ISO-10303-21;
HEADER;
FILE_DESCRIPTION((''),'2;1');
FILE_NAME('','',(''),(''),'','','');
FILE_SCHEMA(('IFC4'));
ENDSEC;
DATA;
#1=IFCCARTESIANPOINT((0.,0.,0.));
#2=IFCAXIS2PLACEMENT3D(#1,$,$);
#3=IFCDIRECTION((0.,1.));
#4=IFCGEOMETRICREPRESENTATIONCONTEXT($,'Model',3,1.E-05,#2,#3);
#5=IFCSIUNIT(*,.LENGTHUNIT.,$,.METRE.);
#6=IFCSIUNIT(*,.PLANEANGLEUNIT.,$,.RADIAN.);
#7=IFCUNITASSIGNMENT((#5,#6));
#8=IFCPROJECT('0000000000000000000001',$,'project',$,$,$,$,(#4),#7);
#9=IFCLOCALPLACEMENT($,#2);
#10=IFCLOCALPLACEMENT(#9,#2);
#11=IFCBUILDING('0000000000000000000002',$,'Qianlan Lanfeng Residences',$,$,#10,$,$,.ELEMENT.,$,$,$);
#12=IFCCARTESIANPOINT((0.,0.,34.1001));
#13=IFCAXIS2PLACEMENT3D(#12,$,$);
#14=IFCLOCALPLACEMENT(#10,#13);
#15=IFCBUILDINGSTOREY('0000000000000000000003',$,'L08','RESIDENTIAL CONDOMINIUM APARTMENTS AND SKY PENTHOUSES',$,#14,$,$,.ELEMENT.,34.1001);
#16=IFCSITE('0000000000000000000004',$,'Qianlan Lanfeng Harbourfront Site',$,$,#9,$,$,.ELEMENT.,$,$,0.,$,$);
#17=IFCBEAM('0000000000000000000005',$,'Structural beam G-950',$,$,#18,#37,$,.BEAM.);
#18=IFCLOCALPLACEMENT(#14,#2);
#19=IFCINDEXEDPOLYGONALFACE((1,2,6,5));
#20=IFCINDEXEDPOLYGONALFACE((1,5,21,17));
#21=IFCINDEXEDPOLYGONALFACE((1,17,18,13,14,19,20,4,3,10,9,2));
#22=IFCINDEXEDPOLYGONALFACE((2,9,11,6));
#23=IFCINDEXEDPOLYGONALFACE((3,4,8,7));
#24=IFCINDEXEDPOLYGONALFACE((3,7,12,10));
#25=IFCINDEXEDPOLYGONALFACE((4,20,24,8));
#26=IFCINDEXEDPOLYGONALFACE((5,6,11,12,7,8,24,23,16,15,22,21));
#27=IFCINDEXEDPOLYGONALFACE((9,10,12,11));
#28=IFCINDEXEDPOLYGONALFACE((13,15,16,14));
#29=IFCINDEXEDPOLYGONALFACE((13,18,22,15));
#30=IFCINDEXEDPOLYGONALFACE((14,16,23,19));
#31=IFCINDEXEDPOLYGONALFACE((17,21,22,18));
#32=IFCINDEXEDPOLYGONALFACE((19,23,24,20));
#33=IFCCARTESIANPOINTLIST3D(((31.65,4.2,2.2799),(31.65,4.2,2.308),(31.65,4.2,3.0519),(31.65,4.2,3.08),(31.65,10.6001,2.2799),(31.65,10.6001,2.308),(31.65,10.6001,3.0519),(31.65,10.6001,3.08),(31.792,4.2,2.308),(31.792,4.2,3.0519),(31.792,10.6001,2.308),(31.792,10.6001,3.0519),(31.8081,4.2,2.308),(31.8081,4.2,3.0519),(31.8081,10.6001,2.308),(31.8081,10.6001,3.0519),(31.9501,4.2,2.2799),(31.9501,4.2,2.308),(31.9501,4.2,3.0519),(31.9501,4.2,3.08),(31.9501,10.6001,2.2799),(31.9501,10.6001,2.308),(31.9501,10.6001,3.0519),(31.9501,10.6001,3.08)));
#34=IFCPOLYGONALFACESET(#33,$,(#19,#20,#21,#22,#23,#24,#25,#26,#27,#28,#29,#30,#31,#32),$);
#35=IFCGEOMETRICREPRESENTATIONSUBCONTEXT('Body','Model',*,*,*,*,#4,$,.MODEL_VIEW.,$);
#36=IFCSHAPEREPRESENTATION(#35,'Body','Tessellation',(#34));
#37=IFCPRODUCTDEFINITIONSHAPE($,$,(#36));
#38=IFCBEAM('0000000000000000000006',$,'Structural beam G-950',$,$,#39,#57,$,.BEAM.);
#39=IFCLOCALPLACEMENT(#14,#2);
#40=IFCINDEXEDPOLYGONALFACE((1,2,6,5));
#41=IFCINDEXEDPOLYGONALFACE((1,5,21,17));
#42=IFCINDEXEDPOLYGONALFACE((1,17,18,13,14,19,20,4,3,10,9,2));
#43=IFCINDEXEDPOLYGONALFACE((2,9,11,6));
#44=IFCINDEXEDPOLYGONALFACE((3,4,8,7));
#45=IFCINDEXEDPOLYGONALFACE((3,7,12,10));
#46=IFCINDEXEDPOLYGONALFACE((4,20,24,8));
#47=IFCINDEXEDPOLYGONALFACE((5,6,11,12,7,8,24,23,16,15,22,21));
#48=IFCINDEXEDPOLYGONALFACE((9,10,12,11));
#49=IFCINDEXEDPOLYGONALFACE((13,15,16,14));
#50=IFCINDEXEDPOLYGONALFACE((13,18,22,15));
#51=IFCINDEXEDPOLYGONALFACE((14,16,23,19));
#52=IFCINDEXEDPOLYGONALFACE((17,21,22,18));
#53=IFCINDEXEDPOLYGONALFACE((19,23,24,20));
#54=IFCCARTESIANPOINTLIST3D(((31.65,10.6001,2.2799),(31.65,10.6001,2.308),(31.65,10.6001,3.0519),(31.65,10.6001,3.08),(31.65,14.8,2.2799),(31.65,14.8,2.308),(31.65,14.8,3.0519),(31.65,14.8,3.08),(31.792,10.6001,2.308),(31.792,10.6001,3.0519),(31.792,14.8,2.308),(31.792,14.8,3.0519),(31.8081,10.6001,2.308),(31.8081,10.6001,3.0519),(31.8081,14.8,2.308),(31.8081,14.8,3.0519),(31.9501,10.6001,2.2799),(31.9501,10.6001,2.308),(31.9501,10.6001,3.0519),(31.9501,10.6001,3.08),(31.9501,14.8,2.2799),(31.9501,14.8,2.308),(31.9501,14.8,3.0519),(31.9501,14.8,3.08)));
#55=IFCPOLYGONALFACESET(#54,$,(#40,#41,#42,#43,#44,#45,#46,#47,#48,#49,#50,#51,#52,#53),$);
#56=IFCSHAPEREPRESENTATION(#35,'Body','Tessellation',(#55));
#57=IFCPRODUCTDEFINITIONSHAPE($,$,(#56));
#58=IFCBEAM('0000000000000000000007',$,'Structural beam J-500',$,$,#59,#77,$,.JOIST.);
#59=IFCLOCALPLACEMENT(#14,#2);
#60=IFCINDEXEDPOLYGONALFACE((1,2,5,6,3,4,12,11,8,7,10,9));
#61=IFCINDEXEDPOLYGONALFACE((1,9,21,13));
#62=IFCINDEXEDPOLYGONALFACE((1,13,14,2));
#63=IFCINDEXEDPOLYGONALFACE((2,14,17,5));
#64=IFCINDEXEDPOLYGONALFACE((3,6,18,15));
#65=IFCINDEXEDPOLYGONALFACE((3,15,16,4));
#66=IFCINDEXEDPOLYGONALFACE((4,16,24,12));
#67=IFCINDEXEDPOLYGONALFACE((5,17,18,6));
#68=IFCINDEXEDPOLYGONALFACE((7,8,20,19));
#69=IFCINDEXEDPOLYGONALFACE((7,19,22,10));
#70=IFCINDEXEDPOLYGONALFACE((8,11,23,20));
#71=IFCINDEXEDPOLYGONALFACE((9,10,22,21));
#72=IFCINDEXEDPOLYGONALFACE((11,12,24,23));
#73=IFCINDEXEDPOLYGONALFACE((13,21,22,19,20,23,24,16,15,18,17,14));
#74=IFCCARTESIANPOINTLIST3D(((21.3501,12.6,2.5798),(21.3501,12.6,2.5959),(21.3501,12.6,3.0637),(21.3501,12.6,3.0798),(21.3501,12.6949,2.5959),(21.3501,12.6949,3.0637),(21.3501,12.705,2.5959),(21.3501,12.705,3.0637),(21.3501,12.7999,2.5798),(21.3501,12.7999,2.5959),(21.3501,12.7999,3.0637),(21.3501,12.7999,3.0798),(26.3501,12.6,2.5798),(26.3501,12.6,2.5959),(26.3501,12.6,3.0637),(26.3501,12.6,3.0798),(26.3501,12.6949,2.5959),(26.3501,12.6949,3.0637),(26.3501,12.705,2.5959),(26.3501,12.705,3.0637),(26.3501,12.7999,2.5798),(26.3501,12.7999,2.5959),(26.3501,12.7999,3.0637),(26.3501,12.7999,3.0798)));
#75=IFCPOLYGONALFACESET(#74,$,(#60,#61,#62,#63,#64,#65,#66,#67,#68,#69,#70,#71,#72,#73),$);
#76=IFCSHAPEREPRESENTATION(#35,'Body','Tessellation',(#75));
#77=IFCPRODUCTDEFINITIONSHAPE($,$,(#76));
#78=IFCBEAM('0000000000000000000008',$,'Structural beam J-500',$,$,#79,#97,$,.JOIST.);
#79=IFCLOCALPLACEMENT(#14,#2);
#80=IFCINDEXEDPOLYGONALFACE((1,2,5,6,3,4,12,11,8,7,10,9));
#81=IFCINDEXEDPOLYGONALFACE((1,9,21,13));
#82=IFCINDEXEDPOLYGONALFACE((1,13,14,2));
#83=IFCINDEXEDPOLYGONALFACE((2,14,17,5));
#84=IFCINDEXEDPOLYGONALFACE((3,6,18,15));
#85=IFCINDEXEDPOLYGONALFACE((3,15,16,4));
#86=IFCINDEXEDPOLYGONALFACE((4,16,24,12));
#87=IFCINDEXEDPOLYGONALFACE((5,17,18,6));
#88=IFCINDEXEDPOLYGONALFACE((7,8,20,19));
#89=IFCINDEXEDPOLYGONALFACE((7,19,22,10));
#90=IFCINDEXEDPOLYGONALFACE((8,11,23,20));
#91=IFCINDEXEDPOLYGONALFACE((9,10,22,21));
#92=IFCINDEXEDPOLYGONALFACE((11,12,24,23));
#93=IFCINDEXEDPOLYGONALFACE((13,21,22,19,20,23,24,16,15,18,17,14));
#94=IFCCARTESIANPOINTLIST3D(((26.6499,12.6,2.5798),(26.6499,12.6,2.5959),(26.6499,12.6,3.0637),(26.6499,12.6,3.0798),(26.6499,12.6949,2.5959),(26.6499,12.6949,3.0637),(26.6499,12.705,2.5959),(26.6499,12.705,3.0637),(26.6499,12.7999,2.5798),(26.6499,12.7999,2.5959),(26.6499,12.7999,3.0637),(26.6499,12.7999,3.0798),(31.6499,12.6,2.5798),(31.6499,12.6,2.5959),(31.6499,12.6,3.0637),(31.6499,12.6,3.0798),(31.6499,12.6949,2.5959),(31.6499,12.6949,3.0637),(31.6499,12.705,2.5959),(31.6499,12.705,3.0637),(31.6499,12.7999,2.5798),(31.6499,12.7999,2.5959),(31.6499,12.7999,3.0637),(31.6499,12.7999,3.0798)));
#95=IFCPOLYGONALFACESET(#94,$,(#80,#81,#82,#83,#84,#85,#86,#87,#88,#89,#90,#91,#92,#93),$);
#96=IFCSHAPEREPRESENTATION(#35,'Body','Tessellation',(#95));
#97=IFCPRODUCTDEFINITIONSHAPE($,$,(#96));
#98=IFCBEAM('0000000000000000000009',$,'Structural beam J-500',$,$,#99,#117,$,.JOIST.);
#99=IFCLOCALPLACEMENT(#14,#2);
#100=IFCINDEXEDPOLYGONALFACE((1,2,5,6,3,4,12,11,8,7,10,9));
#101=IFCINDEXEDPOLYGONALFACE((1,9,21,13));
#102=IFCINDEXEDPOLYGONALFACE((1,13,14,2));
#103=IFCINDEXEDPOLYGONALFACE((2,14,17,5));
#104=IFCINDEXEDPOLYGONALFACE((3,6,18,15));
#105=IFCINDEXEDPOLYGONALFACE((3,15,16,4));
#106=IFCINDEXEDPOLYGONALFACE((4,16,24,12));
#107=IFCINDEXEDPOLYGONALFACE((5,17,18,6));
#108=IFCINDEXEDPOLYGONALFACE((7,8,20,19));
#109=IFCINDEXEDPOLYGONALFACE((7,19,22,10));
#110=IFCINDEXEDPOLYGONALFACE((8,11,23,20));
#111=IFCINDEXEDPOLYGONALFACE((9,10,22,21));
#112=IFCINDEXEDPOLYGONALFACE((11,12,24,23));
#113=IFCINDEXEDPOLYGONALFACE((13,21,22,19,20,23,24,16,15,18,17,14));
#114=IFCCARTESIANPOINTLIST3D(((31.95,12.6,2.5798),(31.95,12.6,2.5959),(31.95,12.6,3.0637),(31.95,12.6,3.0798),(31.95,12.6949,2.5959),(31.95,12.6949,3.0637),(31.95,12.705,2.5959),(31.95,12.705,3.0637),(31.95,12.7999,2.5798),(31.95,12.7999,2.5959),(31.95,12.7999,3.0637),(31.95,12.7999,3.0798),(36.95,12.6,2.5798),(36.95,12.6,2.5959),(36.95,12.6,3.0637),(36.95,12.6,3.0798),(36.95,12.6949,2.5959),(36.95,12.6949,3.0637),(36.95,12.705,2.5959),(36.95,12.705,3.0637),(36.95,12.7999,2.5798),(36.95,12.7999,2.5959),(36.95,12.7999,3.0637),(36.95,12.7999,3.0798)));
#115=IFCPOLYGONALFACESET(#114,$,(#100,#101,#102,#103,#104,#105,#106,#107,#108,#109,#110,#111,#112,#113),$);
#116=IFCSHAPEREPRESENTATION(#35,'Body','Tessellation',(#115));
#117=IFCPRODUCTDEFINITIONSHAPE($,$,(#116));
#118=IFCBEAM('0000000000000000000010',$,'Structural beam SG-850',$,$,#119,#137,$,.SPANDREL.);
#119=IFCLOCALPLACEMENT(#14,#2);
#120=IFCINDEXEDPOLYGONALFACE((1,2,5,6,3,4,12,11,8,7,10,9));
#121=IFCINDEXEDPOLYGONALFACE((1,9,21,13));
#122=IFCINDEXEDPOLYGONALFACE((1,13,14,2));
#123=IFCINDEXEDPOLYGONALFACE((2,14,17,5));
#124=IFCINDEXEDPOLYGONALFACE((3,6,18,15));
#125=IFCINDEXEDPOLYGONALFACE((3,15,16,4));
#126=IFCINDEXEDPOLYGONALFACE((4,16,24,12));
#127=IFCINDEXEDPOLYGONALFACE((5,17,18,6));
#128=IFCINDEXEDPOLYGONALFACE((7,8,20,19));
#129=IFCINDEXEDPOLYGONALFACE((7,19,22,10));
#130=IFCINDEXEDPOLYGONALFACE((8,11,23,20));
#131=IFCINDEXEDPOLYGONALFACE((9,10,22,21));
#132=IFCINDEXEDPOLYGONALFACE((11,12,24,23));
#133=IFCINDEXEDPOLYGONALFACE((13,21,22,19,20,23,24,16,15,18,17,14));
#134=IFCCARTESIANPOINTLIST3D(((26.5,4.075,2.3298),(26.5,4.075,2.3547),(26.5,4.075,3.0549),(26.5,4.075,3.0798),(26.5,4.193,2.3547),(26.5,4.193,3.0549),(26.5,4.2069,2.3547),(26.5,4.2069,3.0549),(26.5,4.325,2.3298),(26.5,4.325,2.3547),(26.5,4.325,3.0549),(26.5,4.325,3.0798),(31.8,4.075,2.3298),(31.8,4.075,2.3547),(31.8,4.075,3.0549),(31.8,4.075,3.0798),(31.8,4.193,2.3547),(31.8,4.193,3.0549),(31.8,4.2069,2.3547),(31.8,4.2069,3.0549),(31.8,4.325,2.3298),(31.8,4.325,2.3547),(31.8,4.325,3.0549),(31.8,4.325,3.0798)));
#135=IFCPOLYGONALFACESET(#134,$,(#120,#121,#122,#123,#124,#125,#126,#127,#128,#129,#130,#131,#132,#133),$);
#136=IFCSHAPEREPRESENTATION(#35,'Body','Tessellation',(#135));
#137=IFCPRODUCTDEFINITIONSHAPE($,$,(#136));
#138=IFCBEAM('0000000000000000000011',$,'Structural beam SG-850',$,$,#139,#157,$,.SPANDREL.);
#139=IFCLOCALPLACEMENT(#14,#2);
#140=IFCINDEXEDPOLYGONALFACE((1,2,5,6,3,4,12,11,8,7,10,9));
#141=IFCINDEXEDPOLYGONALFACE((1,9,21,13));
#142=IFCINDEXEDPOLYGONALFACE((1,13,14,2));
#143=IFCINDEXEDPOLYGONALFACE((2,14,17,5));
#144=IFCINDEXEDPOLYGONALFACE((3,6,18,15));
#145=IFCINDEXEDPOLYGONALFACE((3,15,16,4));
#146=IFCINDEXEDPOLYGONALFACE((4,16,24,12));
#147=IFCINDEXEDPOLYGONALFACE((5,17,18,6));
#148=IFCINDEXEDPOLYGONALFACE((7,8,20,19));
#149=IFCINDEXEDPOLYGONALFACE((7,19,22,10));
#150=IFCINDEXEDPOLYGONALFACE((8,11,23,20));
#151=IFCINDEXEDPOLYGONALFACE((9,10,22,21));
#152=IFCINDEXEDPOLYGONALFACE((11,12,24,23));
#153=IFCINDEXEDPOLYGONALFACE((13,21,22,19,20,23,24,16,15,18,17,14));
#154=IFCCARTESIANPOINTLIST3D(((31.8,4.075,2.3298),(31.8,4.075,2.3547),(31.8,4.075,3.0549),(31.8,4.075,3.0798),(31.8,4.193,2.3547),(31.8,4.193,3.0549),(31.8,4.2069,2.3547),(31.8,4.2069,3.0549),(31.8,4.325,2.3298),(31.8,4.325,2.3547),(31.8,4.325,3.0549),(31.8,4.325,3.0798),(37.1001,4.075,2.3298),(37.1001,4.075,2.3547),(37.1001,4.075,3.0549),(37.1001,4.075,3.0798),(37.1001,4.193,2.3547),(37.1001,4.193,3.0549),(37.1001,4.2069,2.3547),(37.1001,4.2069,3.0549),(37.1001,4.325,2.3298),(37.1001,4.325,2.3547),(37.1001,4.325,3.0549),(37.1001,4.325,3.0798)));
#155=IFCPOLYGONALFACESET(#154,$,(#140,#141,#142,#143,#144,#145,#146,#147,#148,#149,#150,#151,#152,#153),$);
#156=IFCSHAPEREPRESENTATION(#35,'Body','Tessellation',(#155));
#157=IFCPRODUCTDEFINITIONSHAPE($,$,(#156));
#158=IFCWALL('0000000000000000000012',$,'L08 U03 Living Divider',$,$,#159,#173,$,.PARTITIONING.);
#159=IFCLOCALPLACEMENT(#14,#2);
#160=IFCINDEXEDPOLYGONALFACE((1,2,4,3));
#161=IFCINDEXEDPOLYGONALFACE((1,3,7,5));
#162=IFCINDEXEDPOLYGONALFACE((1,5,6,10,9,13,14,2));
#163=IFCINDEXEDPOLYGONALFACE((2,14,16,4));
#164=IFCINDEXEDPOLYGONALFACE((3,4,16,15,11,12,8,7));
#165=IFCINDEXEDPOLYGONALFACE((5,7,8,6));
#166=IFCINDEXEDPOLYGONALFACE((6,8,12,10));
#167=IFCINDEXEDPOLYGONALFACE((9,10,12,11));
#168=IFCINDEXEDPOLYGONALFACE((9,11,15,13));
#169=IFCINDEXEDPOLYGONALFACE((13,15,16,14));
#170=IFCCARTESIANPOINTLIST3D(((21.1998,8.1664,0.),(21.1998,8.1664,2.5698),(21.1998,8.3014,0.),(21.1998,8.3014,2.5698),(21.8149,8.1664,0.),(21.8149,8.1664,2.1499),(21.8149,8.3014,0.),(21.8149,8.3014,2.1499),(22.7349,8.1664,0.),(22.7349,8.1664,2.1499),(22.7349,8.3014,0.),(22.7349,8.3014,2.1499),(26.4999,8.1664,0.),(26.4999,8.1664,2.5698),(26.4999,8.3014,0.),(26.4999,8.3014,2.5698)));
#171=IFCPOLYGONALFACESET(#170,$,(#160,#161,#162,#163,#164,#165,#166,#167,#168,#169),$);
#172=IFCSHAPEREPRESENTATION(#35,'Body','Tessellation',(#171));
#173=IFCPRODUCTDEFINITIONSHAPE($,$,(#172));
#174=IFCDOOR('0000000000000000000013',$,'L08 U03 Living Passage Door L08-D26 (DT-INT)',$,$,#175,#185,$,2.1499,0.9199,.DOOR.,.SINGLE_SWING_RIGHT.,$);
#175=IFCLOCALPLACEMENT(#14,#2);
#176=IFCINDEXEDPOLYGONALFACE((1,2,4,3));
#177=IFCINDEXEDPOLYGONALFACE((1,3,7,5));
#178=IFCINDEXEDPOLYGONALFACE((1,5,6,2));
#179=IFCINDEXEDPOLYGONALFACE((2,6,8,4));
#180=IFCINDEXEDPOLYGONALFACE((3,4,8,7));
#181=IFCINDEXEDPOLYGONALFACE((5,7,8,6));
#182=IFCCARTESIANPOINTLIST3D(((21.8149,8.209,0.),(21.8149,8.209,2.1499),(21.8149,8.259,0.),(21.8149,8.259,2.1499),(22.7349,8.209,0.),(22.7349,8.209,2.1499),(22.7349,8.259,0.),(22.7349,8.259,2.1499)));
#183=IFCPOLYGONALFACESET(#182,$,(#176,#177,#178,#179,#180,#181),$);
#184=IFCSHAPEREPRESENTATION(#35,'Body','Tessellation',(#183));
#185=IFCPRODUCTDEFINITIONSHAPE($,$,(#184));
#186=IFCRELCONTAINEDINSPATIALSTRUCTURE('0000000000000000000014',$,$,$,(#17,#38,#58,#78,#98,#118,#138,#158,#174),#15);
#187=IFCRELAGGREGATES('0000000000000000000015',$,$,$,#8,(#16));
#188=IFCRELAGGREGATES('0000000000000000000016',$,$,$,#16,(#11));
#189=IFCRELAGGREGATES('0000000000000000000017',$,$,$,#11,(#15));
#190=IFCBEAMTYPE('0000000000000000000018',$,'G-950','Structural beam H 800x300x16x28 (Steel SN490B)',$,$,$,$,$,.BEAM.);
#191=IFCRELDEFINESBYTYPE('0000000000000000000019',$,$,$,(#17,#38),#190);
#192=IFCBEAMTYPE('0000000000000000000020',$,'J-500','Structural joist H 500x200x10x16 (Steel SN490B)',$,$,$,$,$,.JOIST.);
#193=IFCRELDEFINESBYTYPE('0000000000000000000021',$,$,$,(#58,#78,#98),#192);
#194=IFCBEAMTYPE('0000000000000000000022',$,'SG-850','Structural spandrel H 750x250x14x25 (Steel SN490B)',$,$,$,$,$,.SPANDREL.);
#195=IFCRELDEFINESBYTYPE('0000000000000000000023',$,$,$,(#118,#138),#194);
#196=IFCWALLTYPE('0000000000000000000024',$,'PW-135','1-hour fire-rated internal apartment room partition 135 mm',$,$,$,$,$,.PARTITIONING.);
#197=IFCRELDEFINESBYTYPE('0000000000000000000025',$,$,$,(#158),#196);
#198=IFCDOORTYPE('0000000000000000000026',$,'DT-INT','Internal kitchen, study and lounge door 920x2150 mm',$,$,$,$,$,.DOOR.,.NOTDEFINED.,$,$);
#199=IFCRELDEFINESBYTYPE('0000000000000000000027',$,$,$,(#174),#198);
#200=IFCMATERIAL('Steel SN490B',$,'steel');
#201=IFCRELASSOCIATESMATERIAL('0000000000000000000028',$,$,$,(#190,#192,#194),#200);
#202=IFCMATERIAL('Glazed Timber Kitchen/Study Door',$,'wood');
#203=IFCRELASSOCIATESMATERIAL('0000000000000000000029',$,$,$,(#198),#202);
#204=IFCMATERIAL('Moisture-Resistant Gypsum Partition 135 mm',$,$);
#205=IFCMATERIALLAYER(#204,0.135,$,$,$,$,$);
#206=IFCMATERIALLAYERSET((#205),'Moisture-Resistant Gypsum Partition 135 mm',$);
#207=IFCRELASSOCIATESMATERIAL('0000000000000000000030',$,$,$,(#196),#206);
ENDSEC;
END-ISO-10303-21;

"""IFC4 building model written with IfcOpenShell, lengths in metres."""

from ifc_helpers import new_model, si_unit, direction, frame, frame_2d, origin, origin_2d, place, context, subcontext, project, spatial, rectangle, i_section, extrude, material, layer, layer_set, material_profile, profile_set, type_object, element, fill, save


model = new_model("IFC4")

# Units and contexts
model_context = context("Model", 3, precision=1e-05, world=origin(), true_north=direction((0.0, 1.0)))
body_context = subcontext(model_context, "Body", "Model", "MODEL_VIEW")
ifc_project = project(units=[si_unit("LENGTHUNIT", "METRE"), si_unit("PLANEANGLEUNIT", "RADIAN")], contexts=[model_context])

# Site, building, storey
site_placement = place(None, origin())
site = spatial("IfcSite", under=ifc_project, at=site_placement, Name="Qianlan Lanfeng Harbourfront Site", CompositionType="ELEMENT", RefElevation=0.0)
building_placement = place(site_placement, origin())
building = spatial("IfcBuilding", under=site, at=building_placement, Name="Qianlan Lanfeng Residences", CompositionType="ELEMENT")
storey_placement = place(building_placement, frame((0.0, 0.0, 34.1001)))
storey = spatial("IfcBuildingStorey", under=building, at=storey_placement, Name="L08", Description="RESIDENTIAL CONDOMINIUM APARTMENTS AND SKY PENTHOUSES", CompositionType="ELEMENT", Elevation=34.1001)

# Shared definitions
ifc_material_1 = material(Name="Steel SN490B", Category="steel")

# Beams
ifc_material_profile_1 = material_profile(ifc_material_1, i_section(OverallWidth=0.3, OverallDepth=0.8, WebThickness=0.0161, FlangeThickness=0.0281, at=origin_2d()), Name="H 800x300x16x28")
ifc_profile_set_1 = profile_set([ifc_material_profile_1], Name="Steel SN490B")
beam_type_1 = type_object("IfcBeamType", Name="G-950", Description="Structural beam H 800x300x16x28 (Steel SN490B)", PredefinedType="BEAM", material=ifc_profile_set_1)
beam_1_placement = place(storey_placement, frame((31.8, 4.2, 2.6799), z_axis=(0.0, 1.0, 0.0), x_axis=(-1.0, 0.0, 0.0)))
element("IfcBeam", 1, at=beam_1_placement, inside=storey, type_object=beam_type_1, Name="Structural beam G-950", PredefinedType="BEAM", context=body_context, shape_type="SweptSolid", body=[
    extrude(i_section(OverallWidth=0.3, OverallDepth=0.8, WebThickness=0.0161, FlangeThickness=0.0281, at=origin_2d()), origin(), (0.0, 0.0, 1.0), 6.4001),
])
beam_2_placement = place(storey_placement, frame((31.8, 10.6001, 2.6799), z_axis=(0.0, 1.0, 0.0), x_axis=(-1.0, 0.0, 0.0)))
element("IfcBeam", 2, at=beam_2_placement, inside=storey, type_object=beam_type_1, Name="Structural beam G-950", PredefinedType="BEAM", context=body_context, shape_type="SweptSolid", body=[
    extrude(i_section(OverallWidth=0.3, OverallDepth=0.8, WebThickness=0.0161, FlangeThickness=0.0281, at=origin_2d()), origin(), (0.0, 0.0, 1.0), 4.2),
])
ifc_material_profile_2 = material_profile(ifc_material_1, i_section(OverallWidth=0.2, OverallDepth=0.5, WebThickness=0.01, FlangeThickness=0.0161, at=origin_2d()), Name="H 500x200x10x16")
ifc_profile_set_2 = profile_set([ifc_material_profile_2], Name="Steel SN490B")
beam_type_2 = type_object("IfcBeamType", Name="J-500", Description="Structural joist H 500x200x10x16 (Steel SN490B)", PredefinedType="JOIST", material=ifc_profile_set_2)
for number, where, z_axis, x_axis, name in (
    (3, (21.3501, 12.7, 2.8298), (1.0, 0.0, 0.0), (0.0, 1.0, 0.0), "Structural beam J-500"),
    (4, (26.6499, 12.7, 2.8298), (1.0, 0.0, 0.0), (0.0, 1.0, 0.0), "Structural beam J-500"),
    (5, (31.95, 12.7, 2.8298), (1.0, 0.0, 0.0), (0.0, 1.0, 0.0), "Structural beam J-500"),
):
    element("IfcBeam", number, at=place(storey_placement, frame(where, z_axis=z_axis, x_axis=x_axis)), inside=storey, type_object=beam_type_2, Name=name, PredefinedType="JOIST", context=body_context, shape_type="SweptSolid", body=[
        extrude(i_section(OverallWidth=0.2, OverallDepth=0.5, WebThickness=0.01, FlangeThickness=0.0161, at=origin_2d()), origin(), (0.0, 0.0, 1.0), 5.0),
    ])
ifc_material_profile_3 = material_profile(ifc_material_1, i_section(OverallWidth=0.25, OverallDepth=0.75, WebThickness=0.0139, FlangeThickness=0.0249, at=origin_2d()), Name="H 750x250x14x25")
ifc_profile_set_3 = profile_set([ifc_material_profile_3], Name="Steel SN490B")
beam_type_3 = type_object("IfcBeamType", Name="SG-850", Description="Structural spandrel H 750x250x14x25 (Steel SN490B)", PredefinedType="SPANDREL", material=ifc_profile_set_3)
for number, where, z_axis, x_axis, name in (
    (6, (26.5, 4.2, 2.7048), (1.0, 0.0, 0.0), (0.0, 1.0, 0.0), "Structural beam SG-850"),
    (7, (31.8, 4.2, 2.7048), (1.0, 0.0, 0.0), (0.0, 1.0, 0.0), "Structural beam SG-850"),
):
    element("IfcBeam", number, at=place(storey_placement, frame(where, z_axis=z_axis, x_axis=x_axis)), inside=storey, type_object=beam_type_3, Name=name, PredefinedType="SPANDREL", context=body_context, shape_type="SweptSolid", body=[
        extrude(i_section(OverallWidth=0.25, OverallDepth=0.75, WebThickness=0.0139, FlangeThickness=0.0249, at=origin_2d()), origin(), (0.0, 0.0, 1.0), 5.3),
    ])

# Wall, opening, door
ifc_material_2 = material(Name="Glazed Timber Kitchen/Study Door", Category="wood")
door_type_1 = type_object("IfcDoorType", Name="DT-INT", Description="Internal kitchen, study and lounge door 920x2150 mm", OperationType="NOTDEFINED", PredefinedType="DOOR", material=ifc_material_2)
ifc_material_3 = material(Name="Moisture-Resistant Gypsum Partition 135 mm")
ifc_layer_1 = layer(ifc_material_3, 0.135)
ifc_layer_set_1 = layer_set([ifc_layer_1], Name="Moisture-Resistant Gypsum Partition 135 mm")
wall_type_1 = type_object("IfcWallType", Name="PW-135", Description="1-hour fire-rated internal apartment room partition 135 mm", PredefinedType="PARTITIONING", material=ifc_layer_set_1)
wall_1_placement = place(storey_placement, frame((21.2, 8.2339, 0.0), z_axis=(0.0, 0.0, 1.0), x_axis=(1.0, 0.0, 0.0)))
wall_1 = element("IfcWall", 8, at=wall_1_placement, inside=storey, type_object=wall_type_1, Name="L08 U03 Living Divider", PredefinedType="PARTITIONING", context=body_context, shape_type="SweptSolid", body=[
    extrude(rectangle(XDim=5.3, YDim=0.135, at=frame_2d((2.6499, 0.0))), origin(), (0.0, 0.0, 1.0), 2.5698),
])
opening_1_placement = place(wall_1_placement, frame((0.615, 0.0, 0.0)))
opening_1 = element("IfcOpeningElement", 9, at=opening_1_placement, cuts=wall_1, PredefinedType="OPENING", context=body_context, shape_type="SweptSolid", body=[
    extrude(rectangle(XDim=0.9199, YDim=2.1499, at=frame_2d((0.46, 1.075))), frame((0.0, 0.0776, 0.0), z_axis=(0.0, -1.0, 0.0), x_axis=(1.0, 0.0, 0.0)), (0.0, 0.0, 1.0), 0.155),
])
door_1_placement = place(opening_1_placement, frame((0.9199, 0.0, 0.0), z_axis=(0.0, 0.0, 1.0), x_axis=(-1.0, 0.0, 0.0)))
door_1 = element("IfcDoor", 10, at=door_1_placement, inside=storey, type_object=door_type_1, Name="L08 U03 Living Passage Door L08-D26 (DT-INT)", OperationType="SINGLE_SWING_RIGHT", OverallHeight=2.1499, OverallWidth=0.9199, PredefinedType="DOOR", context=body_context, shape_type="SweptSolid", body=[
    extrude(rectangle(XDim=0.9199, YDim=2.1499, at=frame_2d((0.46, 1.075))), frame((0.0, 0.0249, 0.0), z_axis=(0.0, -1.0, 0.0), x_axis=(1.0, 0.0, 0.0)), (0.0, 0.0, 1.0), 0.05),
])
fill(opening_1, door_1)

save(model, "model.ifc")
